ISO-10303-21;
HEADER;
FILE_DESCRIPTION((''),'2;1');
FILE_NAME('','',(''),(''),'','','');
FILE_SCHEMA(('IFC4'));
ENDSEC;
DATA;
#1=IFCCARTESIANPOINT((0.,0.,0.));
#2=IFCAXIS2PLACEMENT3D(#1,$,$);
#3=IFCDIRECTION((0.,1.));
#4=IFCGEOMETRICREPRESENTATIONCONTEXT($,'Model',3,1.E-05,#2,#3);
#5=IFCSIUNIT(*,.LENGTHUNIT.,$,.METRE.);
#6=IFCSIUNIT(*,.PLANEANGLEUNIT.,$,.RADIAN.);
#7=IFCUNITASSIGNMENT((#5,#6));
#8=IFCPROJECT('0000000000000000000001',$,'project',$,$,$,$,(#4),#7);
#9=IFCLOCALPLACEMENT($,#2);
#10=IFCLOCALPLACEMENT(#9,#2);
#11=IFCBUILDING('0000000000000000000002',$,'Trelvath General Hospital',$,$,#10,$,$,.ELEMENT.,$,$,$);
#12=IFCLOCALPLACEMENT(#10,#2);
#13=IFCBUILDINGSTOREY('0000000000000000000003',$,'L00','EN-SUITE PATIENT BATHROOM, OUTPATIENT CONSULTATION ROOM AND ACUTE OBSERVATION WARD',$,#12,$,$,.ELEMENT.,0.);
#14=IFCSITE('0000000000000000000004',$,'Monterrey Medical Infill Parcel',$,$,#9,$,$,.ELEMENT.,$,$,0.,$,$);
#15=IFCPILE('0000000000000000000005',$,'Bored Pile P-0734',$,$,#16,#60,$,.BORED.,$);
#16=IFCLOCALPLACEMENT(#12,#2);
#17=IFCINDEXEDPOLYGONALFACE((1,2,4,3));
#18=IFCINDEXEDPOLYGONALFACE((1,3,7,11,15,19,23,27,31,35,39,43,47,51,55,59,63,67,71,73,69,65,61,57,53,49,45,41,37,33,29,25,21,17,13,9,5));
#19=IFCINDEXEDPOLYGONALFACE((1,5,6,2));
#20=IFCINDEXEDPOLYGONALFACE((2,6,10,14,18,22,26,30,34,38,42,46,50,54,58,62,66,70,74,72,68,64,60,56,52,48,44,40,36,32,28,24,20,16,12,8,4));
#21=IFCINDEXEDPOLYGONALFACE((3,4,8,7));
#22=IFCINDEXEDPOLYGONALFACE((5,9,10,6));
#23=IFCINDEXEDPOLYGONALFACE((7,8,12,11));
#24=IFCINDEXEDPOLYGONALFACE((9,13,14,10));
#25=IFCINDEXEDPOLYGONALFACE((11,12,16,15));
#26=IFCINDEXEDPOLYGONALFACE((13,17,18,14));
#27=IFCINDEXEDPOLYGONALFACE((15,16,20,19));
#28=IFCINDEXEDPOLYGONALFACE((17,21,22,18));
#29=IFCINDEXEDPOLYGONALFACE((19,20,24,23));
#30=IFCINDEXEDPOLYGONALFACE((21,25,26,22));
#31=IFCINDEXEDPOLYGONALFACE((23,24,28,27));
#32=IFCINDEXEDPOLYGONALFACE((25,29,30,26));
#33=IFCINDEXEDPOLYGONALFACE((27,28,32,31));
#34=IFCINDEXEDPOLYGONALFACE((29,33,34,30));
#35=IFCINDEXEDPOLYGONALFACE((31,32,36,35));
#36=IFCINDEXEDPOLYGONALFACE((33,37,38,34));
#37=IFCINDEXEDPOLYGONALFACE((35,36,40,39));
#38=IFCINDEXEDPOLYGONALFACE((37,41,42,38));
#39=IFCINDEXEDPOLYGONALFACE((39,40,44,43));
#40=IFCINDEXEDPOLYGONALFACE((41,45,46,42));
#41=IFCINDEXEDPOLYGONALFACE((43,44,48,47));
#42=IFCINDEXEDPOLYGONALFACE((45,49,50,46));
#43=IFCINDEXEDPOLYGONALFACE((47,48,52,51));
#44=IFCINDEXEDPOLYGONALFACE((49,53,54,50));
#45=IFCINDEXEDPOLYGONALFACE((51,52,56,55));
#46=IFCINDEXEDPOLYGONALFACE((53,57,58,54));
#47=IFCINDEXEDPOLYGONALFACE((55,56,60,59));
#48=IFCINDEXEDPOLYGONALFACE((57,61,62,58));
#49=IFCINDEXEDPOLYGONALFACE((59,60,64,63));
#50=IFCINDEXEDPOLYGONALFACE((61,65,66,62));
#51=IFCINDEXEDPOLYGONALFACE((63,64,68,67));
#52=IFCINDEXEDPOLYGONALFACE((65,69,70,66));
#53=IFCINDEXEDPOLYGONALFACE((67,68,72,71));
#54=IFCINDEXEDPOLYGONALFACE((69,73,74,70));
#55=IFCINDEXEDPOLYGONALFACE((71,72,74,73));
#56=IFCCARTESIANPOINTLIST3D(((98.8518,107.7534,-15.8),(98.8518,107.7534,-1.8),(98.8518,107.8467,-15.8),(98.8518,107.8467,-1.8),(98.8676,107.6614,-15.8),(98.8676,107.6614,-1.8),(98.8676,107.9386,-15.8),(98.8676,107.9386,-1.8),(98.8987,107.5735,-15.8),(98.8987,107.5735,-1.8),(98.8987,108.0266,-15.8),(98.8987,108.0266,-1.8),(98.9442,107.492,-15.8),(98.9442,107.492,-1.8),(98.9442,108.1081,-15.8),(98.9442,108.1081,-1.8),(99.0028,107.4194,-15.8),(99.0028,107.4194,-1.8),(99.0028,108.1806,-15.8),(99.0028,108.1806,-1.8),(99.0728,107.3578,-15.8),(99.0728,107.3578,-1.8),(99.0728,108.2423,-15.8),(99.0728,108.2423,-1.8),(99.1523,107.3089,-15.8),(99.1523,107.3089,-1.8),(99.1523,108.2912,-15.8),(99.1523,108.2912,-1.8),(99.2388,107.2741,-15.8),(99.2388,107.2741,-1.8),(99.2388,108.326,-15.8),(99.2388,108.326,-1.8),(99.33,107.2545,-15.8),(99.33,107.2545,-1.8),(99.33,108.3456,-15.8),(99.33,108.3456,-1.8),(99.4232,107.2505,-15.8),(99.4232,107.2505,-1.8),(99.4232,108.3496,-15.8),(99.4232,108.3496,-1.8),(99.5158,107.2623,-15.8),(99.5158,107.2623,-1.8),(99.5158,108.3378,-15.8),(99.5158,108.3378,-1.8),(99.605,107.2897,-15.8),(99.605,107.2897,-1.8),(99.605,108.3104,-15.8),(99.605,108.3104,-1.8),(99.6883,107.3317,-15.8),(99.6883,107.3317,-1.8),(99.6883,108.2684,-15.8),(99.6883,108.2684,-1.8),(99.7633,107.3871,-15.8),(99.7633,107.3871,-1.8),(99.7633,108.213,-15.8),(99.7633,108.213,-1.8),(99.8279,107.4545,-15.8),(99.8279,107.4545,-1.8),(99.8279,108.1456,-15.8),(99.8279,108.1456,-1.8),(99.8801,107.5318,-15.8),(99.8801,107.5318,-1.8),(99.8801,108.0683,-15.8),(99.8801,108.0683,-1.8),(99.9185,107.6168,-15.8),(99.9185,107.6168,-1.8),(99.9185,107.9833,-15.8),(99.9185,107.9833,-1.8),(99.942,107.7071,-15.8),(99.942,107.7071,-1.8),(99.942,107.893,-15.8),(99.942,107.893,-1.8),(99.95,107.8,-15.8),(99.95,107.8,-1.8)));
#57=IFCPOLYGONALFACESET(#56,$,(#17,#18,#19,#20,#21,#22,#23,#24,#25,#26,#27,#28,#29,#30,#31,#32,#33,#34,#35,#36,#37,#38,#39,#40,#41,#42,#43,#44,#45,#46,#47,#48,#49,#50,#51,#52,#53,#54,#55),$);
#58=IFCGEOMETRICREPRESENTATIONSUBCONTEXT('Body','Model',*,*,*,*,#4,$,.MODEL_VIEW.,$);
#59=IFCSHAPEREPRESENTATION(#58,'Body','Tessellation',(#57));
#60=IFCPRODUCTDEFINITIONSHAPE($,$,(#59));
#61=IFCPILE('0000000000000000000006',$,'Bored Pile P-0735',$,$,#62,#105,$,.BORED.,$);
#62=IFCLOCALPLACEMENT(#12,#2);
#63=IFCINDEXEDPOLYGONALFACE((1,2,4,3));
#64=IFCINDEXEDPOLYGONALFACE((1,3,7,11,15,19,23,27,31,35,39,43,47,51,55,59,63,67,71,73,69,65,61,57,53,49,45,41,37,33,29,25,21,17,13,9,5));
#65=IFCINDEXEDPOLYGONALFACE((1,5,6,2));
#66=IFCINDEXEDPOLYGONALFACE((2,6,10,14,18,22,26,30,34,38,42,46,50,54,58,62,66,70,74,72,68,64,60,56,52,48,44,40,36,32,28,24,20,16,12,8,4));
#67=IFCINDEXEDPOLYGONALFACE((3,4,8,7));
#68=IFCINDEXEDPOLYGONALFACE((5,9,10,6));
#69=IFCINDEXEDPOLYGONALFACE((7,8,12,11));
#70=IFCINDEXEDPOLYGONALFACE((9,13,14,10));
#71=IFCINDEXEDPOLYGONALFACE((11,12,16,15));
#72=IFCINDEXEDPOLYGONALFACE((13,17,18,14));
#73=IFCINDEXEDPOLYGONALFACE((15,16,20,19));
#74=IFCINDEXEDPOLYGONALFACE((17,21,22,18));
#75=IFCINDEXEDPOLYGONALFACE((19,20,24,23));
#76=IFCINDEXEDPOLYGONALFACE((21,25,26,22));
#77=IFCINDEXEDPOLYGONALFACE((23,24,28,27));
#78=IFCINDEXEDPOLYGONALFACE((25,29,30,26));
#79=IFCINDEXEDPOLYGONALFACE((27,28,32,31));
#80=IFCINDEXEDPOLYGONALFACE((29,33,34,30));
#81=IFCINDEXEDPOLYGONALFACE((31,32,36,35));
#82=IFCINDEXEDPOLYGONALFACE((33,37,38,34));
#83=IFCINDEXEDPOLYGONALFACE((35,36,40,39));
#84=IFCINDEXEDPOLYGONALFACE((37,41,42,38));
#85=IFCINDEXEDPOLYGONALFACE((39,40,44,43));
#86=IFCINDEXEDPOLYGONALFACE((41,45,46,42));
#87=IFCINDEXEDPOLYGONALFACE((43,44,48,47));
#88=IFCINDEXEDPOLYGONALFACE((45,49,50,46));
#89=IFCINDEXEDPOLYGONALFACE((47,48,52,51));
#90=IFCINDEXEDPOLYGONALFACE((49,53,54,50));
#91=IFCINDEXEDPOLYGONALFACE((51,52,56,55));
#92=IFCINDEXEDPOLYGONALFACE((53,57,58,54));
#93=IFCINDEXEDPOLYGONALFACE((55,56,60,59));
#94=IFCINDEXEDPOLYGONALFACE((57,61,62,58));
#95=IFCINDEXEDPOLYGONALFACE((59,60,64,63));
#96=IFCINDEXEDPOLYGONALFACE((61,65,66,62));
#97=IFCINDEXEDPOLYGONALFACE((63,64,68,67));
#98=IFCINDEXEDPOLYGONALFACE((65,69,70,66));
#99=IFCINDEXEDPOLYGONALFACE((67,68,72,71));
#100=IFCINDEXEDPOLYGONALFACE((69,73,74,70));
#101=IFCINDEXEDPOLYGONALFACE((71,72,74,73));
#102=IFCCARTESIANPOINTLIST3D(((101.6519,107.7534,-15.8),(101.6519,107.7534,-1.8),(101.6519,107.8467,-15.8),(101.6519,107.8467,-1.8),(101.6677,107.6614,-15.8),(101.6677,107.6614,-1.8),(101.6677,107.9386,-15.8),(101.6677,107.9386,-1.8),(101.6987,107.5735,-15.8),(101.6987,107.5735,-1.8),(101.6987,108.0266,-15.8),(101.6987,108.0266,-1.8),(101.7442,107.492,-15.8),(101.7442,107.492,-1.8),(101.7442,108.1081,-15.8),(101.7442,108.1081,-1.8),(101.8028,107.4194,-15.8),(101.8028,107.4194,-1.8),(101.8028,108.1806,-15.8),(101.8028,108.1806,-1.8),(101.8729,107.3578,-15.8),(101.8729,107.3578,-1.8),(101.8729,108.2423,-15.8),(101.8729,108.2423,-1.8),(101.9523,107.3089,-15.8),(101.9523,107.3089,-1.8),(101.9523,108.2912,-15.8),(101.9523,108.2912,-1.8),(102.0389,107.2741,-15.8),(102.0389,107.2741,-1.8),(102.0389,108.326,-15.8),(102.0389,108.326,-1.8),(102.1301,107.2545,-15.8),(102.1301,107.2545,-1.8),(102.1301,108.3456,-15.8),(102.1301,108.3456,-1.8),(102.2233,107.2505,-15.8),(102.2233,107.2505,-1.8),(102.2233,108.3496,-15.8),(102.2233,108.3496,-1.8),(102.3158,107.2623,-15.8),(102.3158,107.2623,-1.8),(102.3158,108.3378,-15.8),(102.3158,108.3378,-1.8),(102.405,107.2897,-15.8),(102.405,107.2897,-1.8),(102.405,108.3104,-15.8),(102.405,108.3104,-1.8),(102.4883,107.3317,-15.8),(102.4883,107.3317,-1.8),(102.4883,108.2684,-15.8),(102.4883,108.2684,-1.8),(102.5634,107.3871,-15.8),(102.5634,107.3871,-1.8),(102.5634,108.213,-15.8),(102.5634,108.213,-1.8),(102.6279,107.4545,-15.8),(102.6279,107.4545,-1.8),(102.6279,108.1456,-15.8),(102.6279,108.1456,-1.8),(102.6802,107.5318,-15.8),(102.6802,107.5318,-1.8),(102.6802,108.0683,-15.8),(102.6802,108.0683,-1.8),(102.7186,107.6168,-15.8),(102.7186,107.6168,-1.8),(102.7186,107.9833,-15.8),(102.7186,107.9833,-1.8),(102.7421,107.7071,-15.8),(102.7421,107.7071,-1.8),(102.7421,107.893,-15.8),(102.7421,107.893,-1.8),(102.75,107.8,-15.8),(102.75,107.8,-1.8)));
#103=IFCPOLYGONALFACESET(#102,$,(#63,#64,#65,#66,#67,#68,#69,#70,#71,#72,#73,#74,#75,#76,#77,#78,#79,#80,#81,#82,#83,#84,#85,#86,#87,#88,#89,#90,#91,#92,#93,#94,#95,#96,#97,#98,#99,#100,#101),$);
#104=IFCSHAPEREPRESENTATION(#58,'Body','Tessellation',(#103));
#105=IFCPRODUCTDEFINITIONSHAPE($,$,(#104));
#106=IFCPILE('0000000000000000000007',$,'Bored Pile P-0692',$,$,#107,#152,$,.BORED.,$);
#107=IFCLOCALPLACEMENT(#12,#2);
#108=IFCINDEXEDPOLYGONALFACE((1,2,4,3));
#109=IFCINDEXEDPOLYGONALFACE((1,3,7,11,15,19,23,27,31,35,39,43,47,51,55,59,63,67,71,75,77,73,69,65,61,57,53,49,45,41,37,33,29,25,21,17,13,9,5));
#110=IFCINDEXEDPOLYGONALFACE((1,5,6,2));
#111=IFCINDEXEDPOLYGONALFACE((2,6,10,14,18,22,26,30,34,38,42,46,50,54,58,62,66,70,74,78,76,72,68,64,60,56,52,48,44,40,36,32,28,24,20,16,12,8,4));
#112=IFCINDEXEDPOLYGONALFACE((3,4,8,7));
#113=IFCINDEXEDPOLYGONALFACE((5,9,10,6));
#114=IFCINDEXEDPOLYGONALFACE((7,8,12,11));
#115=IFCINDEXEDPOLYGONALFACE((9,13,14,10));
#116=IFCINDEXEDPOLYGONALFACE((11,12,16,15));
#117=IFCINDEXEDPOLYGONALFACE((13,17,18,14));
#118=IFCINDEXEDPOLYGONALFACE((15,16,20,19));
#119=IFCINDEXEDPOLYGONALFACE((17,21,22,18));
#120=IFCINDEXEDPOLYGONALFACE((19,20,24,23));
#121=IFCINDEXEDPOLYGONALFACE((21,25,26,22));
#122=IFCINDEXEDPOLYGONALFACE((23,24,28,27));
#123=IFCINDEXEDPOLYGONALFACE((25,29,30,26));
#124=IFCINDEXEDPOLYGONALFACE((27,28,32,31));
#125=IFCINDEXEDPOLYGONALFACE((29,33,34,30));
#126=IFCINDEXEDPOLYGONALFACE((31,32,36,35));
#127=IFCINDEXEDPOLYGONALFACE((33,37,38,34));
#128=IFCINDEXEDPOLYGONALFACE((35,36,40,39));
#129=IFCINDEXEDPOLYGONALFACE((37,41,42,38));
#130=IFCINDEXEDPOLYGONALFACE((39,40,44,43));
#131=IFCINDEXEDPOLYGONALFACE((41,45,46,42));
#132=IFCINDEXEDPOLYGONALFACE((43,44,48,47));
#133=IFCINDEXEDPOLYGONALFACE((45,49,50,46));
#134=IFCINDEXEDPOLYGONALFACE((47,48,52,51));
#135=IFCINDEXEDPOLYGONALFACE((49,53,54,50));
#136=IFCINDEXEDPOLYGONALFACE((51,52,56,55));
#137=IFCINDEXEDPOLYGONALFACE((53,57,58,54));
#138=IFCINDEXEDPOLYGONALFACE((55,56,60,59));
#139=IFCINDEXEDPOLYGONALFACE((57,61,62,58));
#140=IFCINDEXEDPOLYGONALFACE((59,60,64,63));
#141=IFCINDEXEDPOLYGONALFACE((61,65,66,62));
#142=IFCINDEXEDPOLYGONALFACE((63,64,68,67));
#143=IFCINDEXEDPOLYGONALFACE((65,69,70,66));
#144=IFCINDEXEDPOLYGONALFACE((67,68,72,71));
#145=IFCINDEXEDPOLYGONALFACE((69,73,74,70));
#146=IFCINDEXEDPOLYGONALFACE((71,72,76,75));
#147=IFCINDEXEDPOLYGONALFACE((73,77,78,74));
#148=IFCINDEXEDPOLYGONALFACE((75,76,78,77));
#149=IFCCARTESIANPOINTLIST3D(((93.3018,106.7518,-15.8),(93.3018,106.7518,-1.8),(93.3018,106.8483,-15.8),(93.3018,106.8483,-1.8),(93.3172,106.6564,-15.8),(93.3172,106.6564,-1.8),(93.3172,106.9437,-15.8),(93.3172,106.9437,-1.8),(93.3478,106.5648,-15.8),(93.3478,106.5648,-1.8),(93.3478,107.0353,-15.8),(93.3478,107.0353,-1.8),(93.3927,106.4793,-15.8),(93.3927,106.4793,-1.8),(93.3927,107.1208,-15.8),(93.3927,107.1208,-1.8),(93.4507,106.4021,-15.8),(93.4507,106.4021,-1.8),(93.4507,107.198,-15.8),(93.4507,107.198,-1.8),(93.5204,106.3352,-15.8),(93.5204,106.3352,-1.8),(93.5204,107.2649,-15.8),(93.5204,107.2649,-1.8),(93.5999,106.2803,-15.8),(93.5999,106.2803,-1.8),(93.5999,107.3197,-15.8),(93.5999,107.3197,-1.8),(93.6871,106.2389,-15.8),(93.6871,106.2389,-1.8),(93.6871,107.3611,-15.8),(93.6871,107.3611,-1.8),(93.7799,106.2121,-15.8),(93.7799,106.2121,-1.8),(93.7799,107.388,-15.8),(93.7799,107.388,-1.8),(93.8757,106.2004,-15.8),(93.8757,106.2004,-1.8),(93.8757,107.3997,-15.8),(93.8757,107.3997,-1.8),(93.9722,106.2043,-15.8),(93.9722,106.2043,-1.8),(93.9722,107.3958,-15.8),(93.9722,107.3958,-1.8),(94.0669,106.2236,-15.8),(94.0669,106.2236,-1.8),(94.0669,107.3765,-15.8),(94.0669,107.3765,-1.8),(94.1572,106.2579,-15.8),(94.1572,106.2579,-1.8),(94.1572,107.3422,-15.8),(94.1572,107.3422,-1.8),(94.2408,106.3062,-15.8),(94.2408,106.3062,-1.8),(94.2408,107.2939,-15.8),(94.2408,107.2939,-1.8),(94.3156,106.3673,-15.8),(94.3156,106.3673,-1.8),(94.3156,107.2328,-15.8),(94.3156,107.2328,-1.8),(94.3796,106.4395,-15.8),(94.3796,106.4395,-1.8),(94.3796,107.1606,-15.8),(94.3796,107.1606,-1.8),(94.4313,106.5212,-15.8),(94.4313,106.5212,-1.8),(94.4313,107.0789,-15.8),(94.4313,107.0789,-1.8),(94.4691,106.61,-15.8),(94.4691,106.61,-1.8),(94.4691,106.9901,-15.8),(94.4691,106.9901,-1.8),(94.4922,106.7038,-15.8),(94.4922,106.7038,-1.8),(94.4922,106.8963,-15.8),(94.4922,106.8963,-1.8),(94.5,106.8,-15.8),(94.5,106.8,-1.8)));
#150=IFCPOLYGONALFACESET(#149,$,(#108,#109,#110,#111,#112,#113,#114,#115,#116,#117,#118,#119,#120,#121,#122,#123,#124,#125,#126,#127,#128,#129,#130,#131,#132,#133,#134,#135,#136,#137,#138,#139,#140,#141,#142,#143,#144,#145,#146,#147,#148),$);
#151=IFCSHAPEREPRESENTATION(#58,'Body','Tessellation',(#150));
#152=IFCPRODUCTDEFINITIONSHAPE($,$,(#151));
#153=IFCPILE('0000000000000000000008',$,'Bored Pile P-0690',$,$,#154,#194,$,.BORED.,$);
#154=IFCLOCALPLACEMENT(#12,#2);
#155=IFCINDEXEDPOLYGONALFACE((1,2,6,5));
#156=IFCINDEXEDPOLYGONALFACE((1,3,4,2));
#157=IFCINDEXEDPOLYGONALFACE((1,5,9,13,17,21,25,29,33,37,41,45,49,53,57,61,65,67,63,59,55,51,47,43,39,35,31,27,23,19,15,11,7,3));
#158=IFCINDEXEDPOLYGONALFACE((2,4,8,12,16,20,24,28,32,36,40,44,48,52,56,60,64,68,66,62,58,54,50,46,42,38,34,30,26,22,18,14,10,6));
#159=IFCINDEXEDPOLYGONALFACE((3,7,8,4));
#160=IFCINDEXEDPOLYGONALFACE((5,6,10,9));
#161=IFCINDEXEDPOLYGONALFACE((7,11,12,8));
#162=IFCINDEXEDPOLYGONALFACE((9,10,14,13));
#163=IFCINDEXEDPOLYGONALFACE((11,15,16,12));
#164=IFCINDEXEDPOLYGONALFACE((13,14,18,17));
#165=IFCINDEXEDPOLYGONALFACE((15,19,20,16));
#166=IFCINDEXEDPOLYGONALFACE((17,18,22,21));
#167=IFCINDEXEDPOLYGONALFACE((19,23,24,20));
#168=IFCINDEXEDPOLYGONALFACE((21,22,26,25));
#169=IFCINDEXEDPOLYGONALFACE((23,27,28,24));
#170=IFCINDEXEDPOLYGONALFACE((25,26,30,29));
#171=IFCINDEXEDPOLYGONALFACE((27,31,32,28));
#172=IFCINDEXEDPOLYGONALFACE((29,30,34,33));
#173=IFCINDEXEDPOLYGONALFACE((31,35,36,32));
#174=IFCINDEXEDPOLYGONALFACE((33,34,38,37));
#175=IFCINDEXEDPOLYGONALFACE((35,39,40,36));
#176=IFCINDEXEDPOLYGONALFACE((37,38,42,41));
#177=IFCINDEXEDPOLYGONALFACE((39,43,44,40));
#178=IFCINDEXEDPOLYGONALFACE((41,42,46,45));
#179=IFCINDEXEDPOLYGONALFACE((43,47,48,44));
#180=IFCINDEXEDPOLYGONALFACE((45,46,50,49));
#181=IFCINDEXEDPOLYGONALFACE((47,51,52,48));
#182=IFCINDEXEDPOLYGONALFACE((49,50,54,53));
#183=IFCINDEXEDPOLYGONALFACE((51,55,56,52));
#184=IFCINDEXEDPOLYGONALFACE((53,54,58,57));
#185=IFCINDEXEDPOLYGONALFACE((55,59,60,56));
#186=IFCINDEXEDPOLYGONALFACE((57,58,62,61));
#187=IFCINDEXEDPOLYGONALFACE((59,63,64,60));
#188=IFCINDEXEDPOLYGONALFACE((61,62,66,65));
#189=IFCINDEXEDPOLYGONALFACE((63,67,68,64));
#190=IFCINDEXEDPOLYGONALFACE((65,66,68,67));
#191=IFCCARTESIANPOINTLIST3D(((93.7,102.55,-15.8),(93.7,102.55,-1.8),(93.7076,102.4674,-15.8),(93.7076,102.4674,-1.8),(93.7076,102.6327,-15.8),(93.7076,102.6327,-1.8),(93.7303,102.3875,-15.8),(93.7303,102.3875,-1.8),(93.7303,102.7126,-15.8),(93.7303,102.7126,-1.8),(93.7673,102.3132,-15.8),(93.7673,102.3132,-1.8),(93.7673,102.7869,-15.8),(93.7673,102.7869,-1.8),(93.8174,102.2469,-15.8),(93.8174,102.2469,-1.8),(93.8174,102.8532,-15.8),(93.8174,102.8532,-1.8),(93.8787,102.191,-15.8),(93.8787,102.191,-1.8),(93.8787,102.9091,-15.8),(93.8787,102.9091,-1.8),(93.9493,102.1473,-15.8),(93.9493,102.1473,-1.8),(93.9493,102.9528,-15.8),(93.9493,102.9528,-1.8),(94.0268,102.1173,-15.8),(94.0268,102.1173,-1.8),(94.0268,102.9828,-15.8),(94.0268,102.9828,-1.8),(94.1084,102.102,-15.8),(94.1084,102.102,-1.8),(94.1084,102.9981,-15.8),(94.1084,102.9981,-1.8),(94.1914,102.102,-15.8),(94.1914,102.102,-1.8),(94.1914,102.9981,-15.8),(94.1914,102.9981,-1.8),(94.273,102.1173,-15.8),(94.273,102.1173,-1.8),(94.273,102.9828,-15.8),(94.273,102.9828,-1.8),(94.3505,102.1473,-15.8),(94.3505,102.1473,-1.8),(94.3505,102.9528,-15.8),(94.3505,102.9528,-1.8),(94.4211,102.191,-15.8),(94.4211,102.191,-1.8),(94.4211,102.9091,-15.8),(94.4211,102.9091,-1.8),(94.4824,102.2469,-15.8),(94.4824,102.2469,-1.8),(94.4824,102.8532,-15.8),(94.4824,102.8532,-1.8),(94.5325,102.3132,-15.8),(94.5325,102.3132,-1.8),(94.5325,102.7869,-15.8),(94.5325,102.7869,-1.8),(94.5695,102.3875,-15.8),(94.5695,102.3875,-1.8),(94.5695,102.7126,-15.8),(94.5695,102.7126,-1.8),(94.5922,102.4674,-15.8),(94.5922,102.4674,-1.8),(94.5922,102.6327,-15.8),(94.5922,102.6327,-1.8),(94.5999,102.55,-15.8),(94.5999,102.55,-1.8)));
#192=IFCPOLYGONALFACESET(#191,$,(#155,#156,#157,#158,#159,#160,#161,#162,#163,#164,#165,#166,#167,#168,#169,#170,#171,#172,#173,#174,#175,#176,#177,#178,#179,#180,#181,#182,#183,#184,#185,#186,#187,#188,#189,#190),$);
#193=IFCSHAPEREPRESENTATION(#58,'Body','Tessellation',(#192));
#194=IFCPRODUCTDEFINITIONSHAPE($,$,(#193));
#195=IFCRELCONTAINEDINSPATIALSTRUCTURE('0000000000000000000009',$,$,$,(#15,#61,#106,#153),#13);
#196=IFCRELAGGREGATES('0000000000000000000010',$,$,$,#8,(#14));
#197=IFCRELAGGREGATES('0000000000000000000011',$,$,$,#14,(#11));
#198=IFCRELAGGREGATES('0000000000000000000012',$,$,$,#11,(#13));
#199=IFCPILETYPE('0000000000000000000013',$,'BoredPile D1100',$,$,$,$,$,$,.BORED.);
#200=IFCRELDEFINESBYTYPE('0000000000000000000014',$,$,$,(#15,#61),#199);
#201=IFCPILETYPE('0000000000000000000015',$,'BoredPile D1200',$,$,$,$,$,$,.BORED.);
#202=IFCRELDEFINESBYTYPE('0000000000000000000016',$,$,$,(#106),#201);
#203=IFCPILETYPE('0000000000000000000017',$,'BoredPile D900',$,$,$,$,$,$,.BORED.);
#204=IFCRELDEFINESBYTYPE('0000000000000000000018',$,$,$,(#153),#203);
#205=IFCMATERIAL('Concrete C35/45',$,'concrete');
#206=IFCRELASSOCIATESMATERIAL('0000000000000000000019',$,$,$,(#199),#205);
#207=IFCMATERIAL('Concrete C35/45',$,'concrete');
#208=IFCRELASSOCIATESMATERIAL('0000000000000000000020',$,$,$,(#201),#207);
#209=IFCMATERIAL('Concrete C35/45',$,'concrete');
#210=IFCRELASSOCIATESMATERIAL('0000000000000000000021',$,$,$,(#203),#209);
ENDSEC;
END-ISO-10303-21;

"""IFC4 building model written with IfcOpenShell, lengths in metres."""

from ifc_helpers import new_model, si_unit, direction, frame, origin, origin_2d, place, context, subcontext, project, spatial, circle, extrude, material, material_profile, profile_set, type_object, element, save


model = new_model("IFC4")

# Units and contexts
model_context = context("Model", 3, precision=1e-05, world=origin(), true_north=direction((0.0, 1.0)))
body_context = subcontext(model_context, "Body", "Model", "MODEL_VIEW")
ifc_project = project(units=[si_unit("LENGTHUNIT", "METRE"), si_unit("PLANEANGLEUNIT", "RADIAN")], contexts=[model_context])

# Site, building, storey
site_placement = place(None, origin())
site = spatial("IfcSite", under=ifc_project, at=site_placement, Name="Monterrey Medical Infill Parcel", CompositionType="ELEMENT", RefElevation=0.0)
building_placement = place(site_placement, origin())
building = spatial("IfcBuilding", under=site, at=building_placement, Name="Trelvath General Hospital", CompositionType="ELEMENT")
storey_placement = place(building_placement, origin())
storey = spatial("IfcBuildingStorey", under=building, at=storey_placement, Name="L00", Description="EN-SUITE PATIENT BATHROOM, OUTPATIENT CONSULTATION ROOM AND ACUTE OBSERVATION WARD", CompositionType="ELEMENT", Elevation=0.0)

# Piles
ifc_material_1 = material(Name="Concrete C35/45", Category="concrete")
ifc_material_profile_1 = material_profile(ifc_material_1, circle(Radius=0.55, at=origin_2d()), Name="PILE1100")
ifc_profile_set_1 = profile_set([ifc_material_profile_1], Name="Concrete C35/45")
pile_type_1 = type_object("IfcPileType", Name="BoredPile D1100", PredefinedType="BORED", material=ifc_profile_set_1)
for number, where, z_axis, x_axis, name in (
    (1, (99.3999, 107.8, -1.8), (0.0, 0.0, -1.0), (1.0, 0.0, 0.0), "Bored Pile P-0734"),
    (2, (102.2, 107.8, -1.8), (0.0, 0.0, -1.0), (1.0, 0.0, 0.0), "Bored Pile P-0735"),
):
    element("IfcPile", number, at=place(storey_placement, frame(where, z_axis=z_axis, x_axis=x_axis)), inside=storey, type_object=pile_type_1, Name=name, PredefinedType="BORED", context=body_context, shape_type="SweptSolid", body=[
        extrude(circle(Radius=0.55, at=origin_2d()), origin(), (0.0, 0.0, 1.0), 14.0),
    ])
ifc_material_2 = material(Name="Concrete C35/45", Category="concrete")
ifc_material_profile_2 = material_profile(ifc_material_2, circle(Radius=0.6001, at=origin_2d()), Name="PILE1200")
ifc_profile_set_2 = profile_set([ifc_material_profile_2], Name="Concrete C35/45")
pile_type_2 = type_object("IfcPileType", Name="BoredPile D1200", PredefinedType="BORED", material=ifc_profile_set_2)
pile_1_placement = place(storey_placement, frame((93.8999, 106.8, -1.8), z_axis=(0.0, 0.0, -1.0), x_axis=(1.0, 0.0, 0.0)))
element("IfcPile", 3, at=pile_1_placement, inside=storey, type_object=pile_type_2, Name="Bored Pile P-0692", PredefinedType="BORED", context=body_context, shape_type="SweptSolid", body=[
    extrude(circle(Radius=0.6001, at=origin_2d()), origin(), (0.0, 0.0, 1.0), 14.0),
])
ifc_material_3 = material(Name="Concrete C35/45", Category="concrete")
ifc_material_profile_3 = material_profile(ifc_material_3, circle(Radius=0.45, at=origin_2d()), Name="PILE900")
ifc_profile_set_3 = profile_set([ifc_material_profile_3], Name="Concrete C35/45")
pile_type_3 = type_object("IfcPileType", Name="BoredPile D900", PredefinedType="BORED", material=ifc_profile_set_3)
pile_2_placement = place(storey_placement, frame((94.1499, 102.55, -1.8), z_axis=(0.0, 0.0, -1.0), x_axis=(1.0, 0.0, 0.0)))
element("IfcPile", 4, at=pile_2_placement, inside=storey, type_object=pile_type_3, Name="Bored Pile P-0690", PredefinedType="BORED", context=body_context, shape_type="SweptSolid", body=[
    extrude(circle(Radius=0.45, at=origin_2d()), origin(), (0.0, 0.0, 1.0), 14.0),
])

save(model, "model.ifc")
